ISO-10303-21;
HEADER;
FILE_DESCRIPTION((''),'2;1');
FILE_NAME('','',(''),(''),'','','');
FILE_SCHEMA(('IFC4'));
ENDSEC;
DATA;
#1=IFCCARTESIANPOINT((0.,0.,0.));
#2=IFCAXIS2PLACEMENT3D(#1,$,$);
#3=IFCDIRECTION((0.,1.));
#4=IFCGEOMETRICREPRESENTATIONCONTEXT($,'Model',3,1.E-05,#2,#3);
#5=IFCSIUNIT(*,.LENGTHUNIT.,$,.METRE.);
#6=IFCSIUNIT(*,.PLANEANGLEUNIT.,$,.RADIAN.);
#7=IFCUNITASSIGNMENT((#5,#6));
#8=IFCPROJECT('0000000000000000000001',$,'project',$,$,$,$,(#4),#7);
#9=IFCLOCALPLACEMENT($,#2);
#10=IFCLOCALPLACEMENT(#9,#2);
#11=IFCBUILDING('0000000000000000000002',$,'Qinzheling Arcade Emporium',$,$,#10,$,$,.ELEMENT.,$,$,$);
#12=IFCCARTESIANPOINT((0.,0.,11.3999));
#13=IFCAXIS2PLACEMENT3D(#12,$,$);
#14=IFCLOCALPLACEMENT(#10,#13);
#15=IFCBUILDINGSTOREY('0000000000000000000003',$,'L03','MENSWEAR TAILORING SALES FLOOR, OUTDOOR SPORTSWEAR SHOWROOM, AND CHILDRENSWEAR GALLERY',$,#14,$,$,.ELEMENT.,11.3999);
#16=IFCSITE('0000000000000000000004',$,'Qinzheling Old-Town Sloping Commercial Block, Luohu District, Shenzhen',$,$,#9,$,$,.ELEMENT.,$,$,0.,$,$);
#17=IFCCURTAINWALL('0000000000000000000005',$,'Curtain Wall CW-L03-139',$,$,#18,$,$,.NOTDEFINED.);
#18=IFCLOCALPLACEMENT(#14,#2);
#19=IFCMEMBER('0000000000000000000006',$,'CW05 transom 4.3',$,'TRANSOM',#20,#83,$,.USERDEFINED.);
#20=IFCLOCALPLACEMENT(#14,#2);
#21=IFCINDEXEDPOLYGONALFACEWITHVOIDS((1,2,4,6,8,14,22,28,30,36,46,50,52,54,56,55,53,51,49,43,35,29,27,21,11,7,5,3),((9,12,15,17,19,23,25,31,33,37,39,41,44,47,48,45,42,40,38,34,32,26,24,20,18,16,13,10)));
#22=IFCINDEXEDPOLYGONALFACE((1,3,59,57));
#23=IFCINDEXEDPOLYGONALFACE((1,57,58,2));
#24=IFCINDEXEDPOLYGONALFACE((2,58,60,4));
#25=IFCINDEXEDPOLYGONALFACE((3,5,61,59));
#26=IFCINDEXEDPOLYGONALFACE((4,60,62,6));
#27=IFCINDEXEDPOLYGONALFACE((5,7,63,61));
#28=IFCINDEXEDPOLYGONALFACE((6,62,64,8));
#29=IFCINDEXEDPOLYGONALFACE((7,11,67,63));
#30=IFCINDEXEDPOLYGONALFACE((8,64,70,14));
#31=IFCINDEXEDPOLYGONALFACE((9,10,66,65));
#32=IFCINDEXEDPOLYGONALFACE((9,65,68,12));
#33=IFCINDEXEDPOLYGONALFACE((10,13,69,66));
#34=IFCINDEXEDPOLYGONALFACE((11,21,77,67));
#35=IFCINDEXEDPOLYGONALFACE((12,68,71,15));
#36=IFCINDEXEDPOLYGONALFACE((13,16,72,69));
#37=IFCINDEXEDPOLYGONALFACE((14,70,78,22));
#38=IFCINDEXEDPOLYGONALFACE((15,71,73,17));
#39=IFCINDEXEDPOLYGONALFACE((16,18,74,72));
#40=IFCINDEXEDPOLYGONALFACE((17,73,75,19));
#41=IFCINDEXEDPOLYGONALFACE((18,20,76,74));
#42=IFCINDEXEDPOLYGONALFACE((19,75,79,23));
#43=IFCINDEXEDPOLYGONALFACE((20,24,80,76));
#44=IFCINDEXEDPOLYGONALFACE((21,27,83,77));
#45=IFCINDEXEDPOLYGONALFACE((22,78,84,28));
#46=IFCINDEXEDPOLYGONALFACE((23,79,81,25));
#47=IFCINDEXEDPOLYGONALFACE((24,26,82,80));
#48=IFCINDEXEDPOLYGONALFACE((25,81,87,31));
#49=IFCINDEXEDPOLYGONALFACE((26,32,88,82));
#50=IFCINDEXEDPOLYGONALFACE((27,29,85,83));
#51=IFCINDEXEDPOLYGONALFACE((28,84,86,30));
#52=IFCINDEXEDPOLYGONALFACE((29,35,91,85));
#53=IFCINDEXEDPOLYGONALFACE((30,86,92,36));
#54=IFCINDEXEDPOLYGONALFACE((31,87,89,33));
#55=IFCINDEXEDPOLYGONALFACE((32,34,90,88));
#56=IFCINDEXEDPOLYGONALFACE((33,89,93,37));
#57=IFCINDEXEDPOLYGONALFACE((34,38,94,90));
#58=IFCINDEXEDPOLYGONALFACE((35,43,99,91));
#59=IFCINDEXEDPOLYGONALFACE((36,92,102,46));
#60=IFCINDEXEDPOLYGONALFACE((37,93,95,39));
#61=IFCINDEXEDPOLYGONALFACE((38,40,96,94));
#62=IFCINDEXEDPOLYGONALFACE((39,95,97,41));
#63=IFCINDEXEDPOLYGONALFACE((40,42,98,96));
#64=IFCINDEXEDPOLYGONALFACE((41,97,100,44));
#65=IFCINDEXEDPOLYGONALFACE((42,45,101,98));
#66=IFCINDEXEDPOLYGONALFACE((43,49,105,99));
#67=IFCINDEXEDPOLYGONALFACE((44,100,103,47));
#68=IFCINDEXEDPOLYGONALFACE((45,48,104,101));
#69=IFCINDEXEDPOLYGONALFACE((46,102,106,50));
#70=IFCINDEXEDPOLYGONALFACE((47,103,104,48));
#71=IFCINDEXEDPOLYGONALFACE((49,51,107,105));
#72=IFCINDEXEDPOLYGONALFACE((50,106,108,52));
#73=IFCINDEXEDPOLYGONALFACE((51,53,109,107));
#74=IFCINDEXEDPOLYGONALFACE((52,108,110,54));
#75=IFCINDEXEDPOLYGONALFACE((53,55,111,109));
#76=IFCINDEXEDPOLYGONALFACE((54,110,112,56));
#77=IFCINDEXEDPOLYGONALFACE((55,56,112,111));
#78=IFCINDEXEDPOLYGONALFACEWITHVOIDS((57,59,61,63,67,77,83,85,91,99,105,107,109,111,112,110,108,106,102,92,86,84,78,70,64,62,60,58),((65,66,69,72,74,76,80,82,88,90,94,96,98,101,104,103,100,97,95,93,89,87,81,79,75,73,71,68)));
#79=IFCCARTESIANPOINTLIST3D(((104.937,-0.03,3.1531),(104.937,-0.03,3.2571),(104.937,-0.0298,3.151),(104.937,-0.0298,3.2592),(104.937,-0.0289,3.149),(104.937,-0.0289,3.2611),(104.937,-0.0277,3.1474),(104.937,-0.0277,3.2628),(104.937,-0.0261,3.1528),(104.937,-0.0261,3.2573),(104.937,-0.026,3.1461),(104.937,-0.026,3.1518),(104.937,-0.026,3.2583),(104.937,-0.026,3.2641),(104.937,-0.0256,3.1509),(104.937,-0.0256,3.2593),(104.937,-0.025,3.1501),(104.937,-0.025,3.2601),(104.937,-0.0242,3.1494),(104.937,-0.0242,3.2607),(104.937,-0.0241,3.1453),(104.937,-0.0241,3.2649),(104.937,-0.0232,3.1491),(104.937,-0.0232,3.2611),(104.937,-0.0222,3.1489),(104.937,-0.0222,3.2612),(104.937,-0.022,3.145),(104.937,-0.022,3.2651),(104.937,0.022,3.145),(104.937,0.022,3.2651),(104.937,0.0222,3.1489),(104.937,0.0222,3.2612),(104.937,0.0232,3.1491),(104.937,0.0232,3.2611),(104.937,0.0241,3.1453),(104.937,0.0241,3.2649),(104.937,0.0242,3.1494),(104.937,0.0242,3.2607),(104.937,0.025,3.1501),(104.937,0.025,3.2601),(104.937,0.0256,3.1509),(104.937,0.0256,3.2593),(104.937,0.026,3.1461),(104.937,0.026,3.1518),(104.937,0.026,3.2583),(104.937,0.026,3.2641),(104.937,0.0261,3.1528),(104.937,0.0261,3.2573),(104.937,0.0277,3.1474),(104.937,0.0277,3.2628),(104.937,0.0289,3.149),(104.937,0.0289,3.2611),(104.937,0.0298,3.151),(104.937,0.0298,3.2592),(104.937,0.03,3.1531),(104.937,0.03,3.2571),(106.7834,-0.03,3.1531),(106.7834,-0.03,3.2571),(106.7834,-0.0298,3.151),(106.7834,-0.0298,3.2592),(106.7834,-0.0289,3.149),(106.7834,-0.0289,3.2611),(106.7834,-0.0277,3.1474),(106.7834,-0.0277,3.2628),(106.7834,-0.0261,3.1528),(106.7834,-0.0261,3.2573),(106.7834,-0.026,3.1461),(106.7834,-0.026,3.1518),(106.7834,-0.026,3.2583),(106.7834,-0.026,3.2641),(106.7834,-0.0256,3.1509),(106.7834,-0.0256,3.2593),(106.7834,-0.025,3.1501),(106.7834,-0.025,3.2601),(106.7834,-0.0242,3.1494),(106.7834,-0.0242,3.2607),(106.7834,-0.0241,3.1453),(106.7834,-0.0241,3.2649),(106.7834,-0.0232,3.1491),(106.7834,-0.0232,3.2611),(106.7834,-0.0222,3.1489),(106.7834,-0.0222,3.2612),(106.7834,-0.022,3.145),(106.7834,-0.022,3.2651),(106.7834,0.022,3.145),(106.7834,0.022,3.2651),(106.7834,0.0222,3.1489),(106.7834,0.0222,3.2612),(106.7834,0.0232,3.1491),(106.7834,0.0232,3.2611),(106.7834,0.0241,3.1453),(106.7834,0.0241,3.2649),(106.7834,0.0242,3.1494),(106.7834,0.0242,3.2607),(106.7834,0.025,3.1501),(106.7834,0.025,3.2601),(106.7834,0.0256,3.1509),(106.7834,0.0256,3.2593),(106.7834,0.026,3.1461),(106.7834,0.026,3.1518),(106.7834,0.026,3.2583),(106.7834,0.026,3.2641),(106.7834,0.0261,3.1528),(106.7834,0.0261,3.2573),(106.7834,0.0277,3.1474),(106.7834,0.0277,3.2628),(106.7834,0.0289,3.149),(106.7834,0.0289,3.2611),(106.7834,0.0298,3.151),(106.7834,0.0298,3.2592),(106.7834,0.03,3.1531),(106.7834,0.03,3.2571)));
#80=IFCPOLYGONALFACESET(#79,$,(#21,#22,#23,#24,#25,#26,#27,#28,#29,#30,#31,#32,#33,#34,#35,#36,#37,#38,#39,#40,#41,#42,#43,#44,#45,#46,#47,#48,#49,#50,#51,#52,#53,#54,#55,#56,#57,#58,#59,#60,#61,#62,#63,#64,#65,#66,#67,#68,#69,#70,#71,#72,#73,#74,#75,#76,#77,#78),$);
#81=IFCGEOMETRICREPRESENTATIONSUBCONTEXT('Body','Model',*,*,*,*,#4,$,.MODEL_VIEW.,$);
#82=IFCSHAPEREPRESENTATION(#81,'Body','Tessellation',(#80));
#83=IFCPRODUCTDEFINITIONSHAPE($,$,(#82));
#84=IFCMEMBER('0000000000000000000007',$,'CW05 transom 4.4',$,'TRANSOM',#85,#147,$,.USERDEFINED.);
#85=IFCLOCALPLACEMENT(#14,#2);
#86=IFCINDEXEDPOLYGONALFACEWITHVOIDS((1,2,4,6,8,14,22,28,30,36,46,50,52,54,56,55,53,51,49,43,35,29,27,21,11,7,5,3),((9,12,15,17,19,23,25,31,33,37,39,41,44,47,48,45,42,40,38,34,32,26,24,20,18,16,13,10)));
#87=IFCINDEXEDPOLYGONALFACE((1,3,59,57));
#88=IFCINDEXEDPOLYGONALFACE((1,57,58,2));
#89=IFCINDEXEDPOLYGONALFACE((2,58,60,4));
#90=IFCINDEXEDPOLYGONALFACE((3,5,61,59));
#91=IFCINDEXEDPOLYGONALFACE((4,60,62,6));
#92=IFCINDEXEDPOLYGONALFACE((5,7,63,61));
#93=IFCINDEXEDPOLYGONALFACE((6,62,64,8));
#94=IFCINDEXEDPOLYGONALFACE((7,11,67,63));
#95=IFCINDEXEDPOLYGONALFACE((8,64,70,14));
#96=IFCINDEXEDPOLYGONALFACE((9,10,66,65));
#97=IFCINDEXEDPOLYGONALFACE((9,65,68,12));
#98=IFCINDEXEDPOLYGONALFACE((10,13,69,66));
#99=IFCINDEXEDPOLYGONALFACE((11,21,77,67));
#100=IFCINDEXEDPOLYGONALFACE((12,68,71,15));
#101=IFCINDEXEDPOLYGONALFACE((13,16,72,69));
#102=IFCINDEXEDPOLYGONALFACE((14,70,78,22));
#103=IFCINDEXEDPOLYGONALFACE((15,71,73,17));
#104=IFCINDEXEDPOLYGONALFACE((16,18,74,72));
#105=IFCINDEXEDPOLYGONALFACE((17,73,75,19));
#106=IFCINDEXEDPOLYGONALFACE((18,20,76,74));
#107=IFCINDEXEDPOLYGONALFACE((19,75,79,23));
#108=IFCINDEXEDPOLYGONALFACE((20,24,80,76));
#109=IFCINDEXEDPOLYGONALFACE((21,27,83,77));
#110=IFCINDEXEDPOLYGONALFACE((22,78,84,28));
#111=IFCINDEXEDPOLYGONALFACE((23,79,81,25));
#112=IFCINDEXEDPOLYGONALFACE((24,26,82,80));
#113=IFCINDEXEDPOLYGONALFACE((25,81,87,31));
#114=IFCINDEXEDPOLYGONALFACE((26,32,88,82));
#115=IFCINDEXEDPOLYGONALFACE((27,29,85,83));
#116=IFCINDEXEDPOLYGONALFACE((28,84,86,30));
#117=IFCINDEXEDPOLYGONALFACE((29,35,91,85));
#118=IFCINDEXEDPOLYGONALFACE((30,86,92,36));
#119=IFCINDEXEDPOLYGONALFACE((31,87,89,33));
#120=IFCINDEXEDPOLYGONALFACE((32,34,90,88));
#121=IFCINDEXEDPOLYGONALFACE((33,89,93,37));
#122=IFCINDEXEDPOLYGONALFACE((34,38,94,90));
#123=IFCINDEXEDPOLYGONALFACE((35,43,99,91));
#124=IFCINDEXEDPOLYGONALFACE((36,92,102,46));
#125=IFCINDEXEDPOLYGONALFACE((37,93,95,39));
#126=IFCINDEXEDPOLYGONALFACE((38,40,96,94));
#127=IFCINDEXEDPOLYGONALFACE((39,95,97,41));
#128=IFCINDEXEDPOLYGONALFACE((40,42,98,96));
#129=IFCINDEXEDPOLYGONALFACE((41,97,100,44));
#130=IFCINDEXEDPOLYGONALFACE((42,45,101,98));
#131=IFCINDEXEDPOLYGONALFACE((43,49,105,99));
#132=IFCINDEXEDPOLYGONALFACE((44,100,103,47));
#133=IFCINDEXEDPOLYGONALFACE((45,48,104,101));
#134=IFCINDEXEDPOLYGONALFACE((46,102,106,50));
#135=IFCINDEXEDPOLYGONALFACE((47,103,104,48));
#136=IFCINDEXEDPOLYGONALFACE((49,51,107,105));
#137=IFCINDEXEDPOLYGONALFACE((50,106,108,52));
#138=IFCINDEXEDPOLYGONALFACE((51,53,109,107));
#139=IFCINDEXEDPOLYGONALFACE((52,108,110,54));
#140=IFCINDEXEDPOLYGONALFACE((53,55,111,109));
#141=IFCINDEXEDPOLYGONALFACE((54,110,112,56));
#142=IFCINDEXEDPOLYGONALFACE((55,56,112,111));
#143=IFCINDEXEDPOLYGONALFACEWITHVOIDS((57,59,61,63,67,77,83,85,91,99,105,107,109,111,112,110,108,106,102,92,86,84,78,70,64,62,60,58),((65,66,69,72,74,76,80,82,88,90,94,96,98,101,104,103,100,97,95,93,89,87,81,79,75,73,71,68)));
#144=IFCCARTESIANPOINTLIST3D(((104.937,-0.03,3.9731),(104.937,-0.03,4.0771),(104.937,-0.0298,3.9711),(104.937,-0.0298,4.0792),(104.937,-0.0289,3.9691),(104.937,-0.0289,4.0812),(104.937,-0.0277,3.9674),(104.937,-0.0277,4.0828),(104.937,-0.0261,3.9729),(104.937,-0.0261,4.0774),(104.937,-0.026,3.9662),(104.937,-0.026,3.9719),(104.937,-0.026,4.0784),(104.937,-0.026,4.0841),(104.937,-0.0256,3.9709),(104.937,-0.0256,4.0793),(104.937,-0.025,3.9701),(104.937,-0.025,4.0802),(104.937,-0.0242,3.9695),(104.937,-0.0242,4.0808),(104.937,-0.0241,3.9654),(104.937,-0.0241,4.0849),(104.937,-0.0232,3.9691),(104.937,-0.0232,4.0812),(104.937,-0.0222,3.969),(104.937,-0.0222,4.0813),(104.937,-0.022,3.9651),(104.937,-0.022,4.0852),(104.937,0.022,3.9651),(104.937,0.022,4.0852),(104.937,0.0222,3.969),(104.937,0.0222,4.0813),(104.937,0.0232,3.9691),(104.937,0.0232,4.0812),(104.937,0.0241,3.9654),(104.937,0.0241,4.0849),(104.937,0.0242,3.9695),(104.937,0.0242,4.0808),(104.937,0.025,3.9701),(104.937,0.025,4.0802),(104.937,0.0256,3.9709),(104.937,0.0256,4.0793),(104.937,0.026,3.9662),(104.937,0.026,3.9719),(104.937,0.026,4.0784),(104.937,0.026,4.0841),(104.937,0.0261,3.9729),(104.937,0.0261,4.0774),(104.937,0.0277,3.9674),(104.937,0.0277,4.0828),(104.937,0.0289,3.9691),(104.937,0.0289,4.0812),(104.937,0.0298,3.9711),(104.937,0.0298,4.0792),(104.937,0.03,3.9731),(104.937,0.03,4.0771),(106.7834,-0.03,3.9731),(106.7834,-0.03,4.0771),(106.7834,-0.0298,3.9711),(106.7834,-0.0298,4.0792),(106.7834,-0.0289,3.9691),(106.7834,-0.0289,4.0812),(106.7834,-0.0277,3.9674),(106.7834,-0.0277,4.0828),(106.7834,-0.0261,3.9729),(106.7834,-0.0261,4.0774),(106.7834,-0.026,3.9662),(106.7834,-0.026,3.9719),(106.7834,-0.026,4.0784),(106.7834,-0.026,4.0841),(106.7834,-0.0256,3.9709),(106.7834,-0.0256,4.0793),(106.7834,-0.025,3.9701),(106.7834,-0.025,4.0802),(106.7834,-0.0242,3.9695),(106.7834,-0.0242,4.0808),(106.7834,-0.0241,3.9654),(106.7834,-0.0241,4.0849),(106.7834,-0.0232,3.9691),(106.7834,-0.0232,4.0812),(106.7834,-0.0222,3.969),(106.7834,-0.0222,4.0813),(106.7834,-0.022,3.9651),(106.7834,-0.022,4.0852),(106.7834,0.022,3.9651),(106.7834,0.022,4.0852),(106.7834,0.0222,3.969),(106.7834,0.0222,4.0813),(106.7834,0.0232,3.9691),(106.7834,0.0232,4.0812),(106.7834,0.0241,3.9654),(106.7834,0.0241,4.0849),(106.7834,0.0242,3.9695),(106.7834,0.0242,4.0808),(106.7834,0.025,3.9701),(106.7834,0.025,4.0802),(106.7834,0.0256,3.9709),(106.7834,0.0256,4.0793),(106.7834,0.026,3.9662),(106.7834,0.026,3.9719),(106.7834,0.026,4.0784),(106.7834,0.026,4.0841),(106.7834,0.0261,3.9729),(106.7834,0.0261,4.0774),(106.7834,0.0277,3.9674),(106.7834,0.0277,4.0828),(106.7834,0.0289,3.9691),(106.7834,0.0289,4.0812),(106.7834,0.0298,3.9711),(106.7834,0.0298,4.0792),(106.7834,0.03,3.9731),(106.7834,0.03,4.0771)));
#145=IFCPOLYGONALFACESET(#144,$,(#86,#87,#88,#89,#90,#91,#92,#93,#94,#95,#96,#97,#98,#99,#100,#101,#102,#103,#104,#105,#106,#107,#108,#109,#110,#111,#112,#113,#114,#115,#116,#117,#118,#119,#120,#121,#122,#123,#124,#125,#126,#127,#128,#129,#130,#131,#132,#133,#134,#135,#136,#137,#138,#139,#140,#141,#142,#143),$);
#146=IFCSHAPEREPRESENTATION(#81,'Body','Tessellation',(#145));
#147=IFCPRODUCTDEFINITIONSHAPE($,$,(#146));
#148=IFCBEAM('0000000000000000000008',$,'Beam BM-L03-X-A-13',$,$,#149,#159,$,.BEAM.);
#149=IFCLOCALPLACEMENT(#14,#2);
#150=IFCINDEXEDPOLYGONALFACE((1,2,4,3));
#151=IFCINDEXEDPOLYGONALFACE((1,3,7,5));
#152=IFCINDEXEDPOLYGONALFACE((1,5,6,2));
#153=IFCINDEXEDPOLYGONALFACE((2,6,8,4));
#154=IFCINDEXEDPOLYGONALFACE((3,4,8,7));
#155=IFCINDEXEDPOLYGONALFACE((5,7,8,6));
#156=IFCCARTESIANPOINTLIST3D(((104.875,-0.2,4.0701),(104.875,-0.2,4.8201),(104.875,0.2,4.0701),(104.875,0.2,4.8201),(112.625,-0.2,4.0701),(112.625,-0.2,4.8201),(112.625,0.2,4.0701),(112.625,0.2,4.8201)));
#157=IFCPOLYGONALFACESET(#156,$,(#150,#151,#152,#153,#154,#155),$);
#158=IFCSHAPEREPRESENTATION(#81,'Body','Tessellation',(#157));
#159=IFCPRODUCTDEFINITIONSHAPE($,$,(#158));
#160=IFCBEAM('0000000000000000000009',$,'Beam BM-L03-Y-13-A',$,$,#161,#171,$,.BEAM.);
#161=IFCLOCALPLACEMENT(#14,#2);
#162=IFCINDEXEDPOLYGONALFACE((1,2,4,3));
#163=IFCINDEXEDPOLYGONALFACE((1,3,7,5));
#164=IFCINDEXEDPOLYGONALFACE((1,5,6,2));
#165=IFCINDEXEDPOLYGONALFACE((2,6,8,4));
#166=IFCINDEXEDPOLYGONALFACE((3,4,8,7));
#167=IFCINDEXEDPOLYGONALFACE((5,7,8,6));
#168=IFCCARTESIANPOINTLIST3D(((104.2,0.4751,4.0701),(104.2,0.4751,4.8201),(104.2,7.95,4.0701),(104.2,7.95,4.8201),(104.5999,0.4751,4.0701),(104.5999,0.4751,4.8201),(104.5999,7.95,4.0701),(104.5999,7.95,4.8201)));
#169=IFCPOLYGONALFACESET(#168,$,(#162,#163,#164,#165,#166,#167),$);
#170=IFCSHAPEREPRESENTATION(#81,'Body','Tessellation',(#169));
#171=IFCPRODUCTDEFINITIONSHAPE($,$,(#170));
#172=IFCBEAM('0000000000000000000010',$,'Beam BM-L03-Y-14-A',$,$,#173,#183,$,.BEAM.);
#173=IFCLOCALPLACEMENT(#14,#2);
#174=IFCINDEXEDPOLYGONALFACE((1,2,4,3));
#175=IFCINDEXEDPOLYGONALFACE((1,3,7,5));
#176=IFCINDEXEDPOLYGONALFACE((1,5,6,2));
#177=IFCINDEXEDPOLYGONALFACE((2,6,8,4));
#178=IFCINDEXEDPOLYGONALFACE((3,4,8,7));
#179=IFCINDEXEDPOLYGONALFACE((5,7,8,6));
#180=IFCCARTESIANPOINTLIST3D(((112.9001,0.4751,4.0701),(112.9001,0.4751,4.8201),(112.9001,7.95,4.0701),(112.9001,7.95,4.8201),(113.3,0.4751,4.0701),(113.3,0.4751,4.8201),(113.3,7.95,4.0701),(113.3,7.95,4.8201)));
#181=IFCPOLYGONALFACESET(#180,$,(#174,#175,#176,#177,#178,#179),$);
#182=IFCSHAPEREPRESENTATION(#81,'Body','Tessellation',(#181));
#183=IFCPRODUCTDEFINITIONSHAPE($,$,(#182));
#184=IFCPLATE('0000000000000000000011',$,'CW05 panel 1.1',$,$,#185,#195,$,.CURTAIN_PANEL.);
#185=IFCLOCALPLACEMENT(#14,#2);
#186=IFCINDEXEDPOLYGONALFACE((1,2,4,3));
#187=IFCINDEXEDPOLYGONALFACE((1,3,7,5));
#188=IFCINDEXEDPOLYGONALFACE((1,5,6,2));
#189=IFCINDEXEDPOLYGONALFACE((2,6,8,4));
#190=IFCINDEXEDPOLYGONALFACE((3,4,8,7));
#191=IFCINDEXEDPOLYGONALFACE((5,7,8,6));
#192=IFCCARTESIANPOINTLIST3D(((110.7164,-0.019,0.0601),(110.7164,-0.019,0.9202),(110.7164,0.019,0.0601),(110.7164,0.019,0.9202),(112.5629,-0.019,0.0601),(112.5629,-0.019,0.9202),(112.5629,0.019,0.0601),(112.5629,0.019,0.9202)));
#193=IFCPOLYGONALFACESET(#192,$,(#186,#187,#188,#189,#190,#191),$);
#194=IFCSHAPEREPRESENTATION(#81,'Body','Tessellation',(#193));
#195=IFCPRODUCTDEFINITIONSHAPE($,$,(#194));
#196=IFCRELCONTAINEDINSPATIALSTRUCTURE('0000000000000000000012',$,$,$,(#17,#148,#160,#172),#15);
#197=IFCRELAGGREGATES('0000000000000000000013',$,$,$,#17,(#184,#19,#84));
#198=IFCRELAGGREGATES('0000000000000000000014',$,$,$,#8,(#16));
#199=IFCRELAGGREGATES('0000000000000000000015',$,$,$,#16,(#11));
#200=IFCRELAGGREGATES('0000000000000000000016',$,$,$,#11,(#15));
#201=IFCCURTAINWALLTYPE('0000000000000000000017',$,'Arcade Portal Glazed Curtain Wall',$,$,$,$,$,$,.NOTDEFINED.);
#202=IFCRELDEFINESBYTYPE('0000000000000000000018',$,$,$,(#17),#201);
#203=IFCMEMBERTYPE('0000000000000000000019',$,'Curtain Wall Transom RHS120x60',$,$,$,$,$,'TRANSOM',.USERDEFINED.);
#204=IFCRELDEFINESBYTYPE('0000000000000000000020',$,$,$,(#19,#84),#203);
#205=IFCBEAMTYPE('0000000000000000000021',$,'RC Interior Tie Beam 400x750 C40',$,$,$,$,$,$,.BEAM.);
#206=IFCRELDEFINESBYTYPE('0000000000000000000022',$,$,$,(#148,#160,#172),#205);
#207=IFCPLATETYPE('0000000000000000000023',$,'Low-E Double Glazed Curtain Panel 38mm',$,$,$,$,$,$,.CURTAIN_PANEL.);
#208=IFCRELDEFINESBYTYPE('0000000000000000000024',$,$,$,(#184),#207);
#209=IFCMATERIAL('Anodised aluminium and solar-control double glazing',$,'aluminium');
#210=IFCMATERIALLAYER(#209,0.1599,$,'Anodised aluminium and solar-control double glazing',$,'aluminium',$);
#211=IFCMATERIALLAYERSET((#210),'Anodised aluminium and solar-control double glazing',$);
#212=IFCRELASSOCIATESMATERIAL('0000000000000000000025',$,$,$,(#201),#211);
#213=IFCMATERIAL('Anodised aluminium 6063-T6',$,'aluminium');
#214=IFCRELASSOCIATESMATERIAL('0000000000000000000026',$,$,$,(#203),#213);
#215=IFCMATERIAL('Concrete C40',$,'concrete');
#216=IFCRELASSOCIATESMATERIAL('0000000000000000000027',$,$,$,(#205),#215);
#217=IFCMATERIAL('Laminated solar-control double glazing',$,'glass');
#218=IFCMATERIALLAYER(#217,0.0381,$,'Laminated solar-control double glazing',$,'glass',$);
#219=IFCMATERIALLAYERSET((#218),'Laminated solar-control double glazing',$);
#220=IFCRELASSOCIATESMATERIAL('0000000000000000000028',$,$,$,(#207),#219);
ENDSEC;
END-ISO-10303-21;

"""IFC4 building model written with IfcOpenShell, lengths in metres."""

from ifc_helpers import new_model, si_unit, direction, frame, origin, origin_2d, place, context, subcontext, project, spatial, rectangle, hollow_rectangle, extrude, material, layer, layer_set, material_profile, profile_set, type_object, element, aggregate, save


model = new_model("IFC4")

# Units and contexts
model_context = context("Model", 3, precision=1e-05, world=origin(), true_north=direction((0.0, 1.0)))
body_context = subcontext(model_context, "Body", "Model", "MODEL_VIEW")
ifc_project = project(units=[si_unit("LENGTHUNIT", "METRE"), si_unit("PLANEANGLEUNIT", "RADIAN")], contexts=[model_context])

# Site, building, storey
site_placement = place(None, origin())
site = spatial("IfcSite", under=ifc_project, at=site_placement, Name="Qinzheling Old-Town Sloping Commercial Block, Luohu District, Shenzhen", CompositionType="ELEMENT", RefElevation=0.0)
building_placement = place(site_placement, origin())
building = spatial("IfcBuilding", under=site, at=building_placement, Name="Qinzheling Arcade Emporium", CompositionType="ELEMENT")
storey_placement = place(building_placement, frame((0.0, 0.0, 11.3999)))
storey = spatial("IfcBuildingStorey", under=building, at=storey_placement, Name="L03", Description="MENSWEAR TAILORING SALES FLOOR, OUTDOOR SPORTSWEAR SHOWROOM, AND CHILDRENSWEAR GALLERY", CompositionType="ELEMENT", Elevation=11.3999)

# Curtain wall, members
ifc_material_1 = material(Name="Anodised aluminium and solar-control double glazing", Category="aluminium")
ifc_layer_1 = layer(ifc_material_1, 0.1599, Name="Anodised aluminium and solar-control double glazing", Category="aluminium")
ifc_layer_set_1 = layer_set([ifc_layer_1], Name="Anodised aluminium and solar-control double glazing")
curtain_wall_type = type_object("IfcCurtainWallType", Name="Arcade Portal Glazed Curtain Wall", PredefinedType="NOTDEFINED", material=ifc_layer_set_1)
curtain_wall_placement = place(storey_placement, origin())
curtain_wall = element("IfcCurtainWall", 1, at=curtain_wall_placement, inside=storey, type_object=curtain_wall_type, Name="Curtain Wall CW-L03-139", PredefinedType="NOTDEFINED")
ifc_material_2 = material(Name="Anodised aluminium 6063-T6", Category="aluminium")
ifc_material_profile_1 = material_profile(ifc_material_2, hollow_rectangle(XDim=0.0601, YDim=0.1201, WallThickness=0.0039, InnerFilletRadius=0.0039, OuterFilletRadius=0.0081, at=origin_2d()), Name="RHS 120x60x4", Category="aluminium")
ifc_profile_set_1 = profile_set([ifc_material_profile_1], Name="Anodised aluminium 6063-T6")
member_type_1 = type_object("IfcMemberType", Name="Curtain Wall Transom RHS120x60", ElementType="TRANSOM", PredefinedType="USERDEFINED", material=ifc_profile_set_1)
member_1_placement = place(storey_placement, frame((106.7834, 0.0, 3.2051), z_axis=(-1.0, 0.0, 0.0), x_axis=(0.0, -1.0, 0.0)))
member_1 = element("IfcMember", 2, at=member_1_placement, type_object=member_type_1, Name="CW05 transom 4.3", ObjectType="TRANSOM", PredefinedType="USERDEFINED", context=body_context, shape_type="SweptSolid", body=[
    extrude(hollow_rectangle(XDim=0.0601, YDim=0.1201, WallThickness=0.0039, InnerFilletRadius=0.0039, OuterFilletRadius=0.0081, at=origin_2d()), origin(), (0.0, 0.0, 1.0), 1.8464),
])
member_2_placement = place(storey_placement, frame((106.7834, 0.0, 4.0251), z_axis=(-1.0, 0.0, 0.0), x_axis=(0.0, -1.0, 0.0)))
member_2 = element("IfcMember", 3, at=member_2_placement, type_object=member_type_1, Name="CW05 transom 4.4", ObjectType="TRANSOM", PredefinedType="USERDEFINED", context=body_context, shape_type="SweptSolid", body=[
    extrude(hollow_rectangle(XDim=0.0601, YDim=0.1201, WallThickness=0.0039, InnerFilletRadius=0.0039, OuterFilletRadius=0.0081, at=origin_2d()), origin(), (0.0, 0.0, 1.0), 1.8464),
])

# Beams
ifc_material_3 = material(Name="Concrete C40", Category="concrete")
ifc_material_profile_2 = material_profile(ifc_material_3, rectangle(XDim=0.3999, YDim=0.75, at=origin_2d()), Name="RC 400x750", Category="concrete")
ifc_profile_set_2 = profile_set([ifc_material_profile_2], Name="Concrete C40")
beam_type = type_object("IfcBeamType", Name="RC Interior Tie Beam 400x750 C40", PredefinedType="BEAM", material=ifc_profile_set_2)
beam_placement = place(storey_placement, frame((104.875, 0.0, 4.4451), z_axis=(1.0, 0.0, 0.0), x_axis=(0.0, 1.0, 0.0)))
element("IfcBeam", 4, at=beam_placement, inside=storey, type_object=beam_type, Name="Beam BM-L03-X-A-13", PredefinedType="BEAM", context=body_context, shape_type="SweptSolid", body=[
    extrude(rectangle(XDim=0.3999, YDim=0.75, at=origin_2d()), origin(), (0.0, 0.0, 1.0), 7.75),
])
for number, where, z_axis, x_axis, name in (
    (5, (104.3999, 0.4751, 4.4451), (0.0, 1.0, 0.0), (-1.0, 0.0, 0.0), "Beam BM-L03-Y-13-A"),
    (6, (113.1001, 0.4751, 4.4451), (0.0, 1.0, 0.0), (-1.0, 0.0, 0.0), "Beam BM-L03-Y-14-A"),
):
    element("IfcBeam", number, at=place(storey_placement, frame(where, z_axis=z_axis, x_axis=x_axis)), inside=storey, type_object=beam_type, Name=name, PredefinedType="BEAM", context=body_context, shape_type="SweptSolid", body=[
        extrude(rectangle(XDim=0.3999, YDim=0.75, at=origin_2d()), origin(), (0.0, 0.0, 1.0), 7.4749),
    ])

# Plate
ifc_material_4 = material(Name="Laminated solar-control double glazing", Category="glass")
ifc_layer_2 = layer(ifc_material_4, 0.0381, Name="Laminated solar-control double glazing", Category="glass")
ifc_layer_set_2 = layer_set([ifc_layer_2], Name="Laminated solar-control double glazing")
plate_type_1 = type_object("IfcPlateType", Name="Low-E Double Glazed Curtain Panel 38mm", PredefinedType="CURTAIN_PANEL", material=ifc_layer_set_2)
plate_1_placement = place(storey_placement, frame((111.6396, 0.0, 0.0601), z_axis=(0.0, 0.0, 1.0), x_axis=(-1.0, 0.0, 0.0)))
plate_1 = element("IfcPlate", 7, at=plate_1_placement, type_object=plate_type_1, Name="CW05 panel 1.1", PredefinedType="CURTAIN_PANEL", context=body_context, shape_type="SweptSolid", body=[
    extrude(rectangle(XDim=1.8464, YDim=0.0381, at=origin_2d()), origin(), (0.0, 0.0, 1.0), 0.8601),
])
aggregate(curtain_wall, [plate_1, member_1, member_2])

save(model, "model.ifc")
